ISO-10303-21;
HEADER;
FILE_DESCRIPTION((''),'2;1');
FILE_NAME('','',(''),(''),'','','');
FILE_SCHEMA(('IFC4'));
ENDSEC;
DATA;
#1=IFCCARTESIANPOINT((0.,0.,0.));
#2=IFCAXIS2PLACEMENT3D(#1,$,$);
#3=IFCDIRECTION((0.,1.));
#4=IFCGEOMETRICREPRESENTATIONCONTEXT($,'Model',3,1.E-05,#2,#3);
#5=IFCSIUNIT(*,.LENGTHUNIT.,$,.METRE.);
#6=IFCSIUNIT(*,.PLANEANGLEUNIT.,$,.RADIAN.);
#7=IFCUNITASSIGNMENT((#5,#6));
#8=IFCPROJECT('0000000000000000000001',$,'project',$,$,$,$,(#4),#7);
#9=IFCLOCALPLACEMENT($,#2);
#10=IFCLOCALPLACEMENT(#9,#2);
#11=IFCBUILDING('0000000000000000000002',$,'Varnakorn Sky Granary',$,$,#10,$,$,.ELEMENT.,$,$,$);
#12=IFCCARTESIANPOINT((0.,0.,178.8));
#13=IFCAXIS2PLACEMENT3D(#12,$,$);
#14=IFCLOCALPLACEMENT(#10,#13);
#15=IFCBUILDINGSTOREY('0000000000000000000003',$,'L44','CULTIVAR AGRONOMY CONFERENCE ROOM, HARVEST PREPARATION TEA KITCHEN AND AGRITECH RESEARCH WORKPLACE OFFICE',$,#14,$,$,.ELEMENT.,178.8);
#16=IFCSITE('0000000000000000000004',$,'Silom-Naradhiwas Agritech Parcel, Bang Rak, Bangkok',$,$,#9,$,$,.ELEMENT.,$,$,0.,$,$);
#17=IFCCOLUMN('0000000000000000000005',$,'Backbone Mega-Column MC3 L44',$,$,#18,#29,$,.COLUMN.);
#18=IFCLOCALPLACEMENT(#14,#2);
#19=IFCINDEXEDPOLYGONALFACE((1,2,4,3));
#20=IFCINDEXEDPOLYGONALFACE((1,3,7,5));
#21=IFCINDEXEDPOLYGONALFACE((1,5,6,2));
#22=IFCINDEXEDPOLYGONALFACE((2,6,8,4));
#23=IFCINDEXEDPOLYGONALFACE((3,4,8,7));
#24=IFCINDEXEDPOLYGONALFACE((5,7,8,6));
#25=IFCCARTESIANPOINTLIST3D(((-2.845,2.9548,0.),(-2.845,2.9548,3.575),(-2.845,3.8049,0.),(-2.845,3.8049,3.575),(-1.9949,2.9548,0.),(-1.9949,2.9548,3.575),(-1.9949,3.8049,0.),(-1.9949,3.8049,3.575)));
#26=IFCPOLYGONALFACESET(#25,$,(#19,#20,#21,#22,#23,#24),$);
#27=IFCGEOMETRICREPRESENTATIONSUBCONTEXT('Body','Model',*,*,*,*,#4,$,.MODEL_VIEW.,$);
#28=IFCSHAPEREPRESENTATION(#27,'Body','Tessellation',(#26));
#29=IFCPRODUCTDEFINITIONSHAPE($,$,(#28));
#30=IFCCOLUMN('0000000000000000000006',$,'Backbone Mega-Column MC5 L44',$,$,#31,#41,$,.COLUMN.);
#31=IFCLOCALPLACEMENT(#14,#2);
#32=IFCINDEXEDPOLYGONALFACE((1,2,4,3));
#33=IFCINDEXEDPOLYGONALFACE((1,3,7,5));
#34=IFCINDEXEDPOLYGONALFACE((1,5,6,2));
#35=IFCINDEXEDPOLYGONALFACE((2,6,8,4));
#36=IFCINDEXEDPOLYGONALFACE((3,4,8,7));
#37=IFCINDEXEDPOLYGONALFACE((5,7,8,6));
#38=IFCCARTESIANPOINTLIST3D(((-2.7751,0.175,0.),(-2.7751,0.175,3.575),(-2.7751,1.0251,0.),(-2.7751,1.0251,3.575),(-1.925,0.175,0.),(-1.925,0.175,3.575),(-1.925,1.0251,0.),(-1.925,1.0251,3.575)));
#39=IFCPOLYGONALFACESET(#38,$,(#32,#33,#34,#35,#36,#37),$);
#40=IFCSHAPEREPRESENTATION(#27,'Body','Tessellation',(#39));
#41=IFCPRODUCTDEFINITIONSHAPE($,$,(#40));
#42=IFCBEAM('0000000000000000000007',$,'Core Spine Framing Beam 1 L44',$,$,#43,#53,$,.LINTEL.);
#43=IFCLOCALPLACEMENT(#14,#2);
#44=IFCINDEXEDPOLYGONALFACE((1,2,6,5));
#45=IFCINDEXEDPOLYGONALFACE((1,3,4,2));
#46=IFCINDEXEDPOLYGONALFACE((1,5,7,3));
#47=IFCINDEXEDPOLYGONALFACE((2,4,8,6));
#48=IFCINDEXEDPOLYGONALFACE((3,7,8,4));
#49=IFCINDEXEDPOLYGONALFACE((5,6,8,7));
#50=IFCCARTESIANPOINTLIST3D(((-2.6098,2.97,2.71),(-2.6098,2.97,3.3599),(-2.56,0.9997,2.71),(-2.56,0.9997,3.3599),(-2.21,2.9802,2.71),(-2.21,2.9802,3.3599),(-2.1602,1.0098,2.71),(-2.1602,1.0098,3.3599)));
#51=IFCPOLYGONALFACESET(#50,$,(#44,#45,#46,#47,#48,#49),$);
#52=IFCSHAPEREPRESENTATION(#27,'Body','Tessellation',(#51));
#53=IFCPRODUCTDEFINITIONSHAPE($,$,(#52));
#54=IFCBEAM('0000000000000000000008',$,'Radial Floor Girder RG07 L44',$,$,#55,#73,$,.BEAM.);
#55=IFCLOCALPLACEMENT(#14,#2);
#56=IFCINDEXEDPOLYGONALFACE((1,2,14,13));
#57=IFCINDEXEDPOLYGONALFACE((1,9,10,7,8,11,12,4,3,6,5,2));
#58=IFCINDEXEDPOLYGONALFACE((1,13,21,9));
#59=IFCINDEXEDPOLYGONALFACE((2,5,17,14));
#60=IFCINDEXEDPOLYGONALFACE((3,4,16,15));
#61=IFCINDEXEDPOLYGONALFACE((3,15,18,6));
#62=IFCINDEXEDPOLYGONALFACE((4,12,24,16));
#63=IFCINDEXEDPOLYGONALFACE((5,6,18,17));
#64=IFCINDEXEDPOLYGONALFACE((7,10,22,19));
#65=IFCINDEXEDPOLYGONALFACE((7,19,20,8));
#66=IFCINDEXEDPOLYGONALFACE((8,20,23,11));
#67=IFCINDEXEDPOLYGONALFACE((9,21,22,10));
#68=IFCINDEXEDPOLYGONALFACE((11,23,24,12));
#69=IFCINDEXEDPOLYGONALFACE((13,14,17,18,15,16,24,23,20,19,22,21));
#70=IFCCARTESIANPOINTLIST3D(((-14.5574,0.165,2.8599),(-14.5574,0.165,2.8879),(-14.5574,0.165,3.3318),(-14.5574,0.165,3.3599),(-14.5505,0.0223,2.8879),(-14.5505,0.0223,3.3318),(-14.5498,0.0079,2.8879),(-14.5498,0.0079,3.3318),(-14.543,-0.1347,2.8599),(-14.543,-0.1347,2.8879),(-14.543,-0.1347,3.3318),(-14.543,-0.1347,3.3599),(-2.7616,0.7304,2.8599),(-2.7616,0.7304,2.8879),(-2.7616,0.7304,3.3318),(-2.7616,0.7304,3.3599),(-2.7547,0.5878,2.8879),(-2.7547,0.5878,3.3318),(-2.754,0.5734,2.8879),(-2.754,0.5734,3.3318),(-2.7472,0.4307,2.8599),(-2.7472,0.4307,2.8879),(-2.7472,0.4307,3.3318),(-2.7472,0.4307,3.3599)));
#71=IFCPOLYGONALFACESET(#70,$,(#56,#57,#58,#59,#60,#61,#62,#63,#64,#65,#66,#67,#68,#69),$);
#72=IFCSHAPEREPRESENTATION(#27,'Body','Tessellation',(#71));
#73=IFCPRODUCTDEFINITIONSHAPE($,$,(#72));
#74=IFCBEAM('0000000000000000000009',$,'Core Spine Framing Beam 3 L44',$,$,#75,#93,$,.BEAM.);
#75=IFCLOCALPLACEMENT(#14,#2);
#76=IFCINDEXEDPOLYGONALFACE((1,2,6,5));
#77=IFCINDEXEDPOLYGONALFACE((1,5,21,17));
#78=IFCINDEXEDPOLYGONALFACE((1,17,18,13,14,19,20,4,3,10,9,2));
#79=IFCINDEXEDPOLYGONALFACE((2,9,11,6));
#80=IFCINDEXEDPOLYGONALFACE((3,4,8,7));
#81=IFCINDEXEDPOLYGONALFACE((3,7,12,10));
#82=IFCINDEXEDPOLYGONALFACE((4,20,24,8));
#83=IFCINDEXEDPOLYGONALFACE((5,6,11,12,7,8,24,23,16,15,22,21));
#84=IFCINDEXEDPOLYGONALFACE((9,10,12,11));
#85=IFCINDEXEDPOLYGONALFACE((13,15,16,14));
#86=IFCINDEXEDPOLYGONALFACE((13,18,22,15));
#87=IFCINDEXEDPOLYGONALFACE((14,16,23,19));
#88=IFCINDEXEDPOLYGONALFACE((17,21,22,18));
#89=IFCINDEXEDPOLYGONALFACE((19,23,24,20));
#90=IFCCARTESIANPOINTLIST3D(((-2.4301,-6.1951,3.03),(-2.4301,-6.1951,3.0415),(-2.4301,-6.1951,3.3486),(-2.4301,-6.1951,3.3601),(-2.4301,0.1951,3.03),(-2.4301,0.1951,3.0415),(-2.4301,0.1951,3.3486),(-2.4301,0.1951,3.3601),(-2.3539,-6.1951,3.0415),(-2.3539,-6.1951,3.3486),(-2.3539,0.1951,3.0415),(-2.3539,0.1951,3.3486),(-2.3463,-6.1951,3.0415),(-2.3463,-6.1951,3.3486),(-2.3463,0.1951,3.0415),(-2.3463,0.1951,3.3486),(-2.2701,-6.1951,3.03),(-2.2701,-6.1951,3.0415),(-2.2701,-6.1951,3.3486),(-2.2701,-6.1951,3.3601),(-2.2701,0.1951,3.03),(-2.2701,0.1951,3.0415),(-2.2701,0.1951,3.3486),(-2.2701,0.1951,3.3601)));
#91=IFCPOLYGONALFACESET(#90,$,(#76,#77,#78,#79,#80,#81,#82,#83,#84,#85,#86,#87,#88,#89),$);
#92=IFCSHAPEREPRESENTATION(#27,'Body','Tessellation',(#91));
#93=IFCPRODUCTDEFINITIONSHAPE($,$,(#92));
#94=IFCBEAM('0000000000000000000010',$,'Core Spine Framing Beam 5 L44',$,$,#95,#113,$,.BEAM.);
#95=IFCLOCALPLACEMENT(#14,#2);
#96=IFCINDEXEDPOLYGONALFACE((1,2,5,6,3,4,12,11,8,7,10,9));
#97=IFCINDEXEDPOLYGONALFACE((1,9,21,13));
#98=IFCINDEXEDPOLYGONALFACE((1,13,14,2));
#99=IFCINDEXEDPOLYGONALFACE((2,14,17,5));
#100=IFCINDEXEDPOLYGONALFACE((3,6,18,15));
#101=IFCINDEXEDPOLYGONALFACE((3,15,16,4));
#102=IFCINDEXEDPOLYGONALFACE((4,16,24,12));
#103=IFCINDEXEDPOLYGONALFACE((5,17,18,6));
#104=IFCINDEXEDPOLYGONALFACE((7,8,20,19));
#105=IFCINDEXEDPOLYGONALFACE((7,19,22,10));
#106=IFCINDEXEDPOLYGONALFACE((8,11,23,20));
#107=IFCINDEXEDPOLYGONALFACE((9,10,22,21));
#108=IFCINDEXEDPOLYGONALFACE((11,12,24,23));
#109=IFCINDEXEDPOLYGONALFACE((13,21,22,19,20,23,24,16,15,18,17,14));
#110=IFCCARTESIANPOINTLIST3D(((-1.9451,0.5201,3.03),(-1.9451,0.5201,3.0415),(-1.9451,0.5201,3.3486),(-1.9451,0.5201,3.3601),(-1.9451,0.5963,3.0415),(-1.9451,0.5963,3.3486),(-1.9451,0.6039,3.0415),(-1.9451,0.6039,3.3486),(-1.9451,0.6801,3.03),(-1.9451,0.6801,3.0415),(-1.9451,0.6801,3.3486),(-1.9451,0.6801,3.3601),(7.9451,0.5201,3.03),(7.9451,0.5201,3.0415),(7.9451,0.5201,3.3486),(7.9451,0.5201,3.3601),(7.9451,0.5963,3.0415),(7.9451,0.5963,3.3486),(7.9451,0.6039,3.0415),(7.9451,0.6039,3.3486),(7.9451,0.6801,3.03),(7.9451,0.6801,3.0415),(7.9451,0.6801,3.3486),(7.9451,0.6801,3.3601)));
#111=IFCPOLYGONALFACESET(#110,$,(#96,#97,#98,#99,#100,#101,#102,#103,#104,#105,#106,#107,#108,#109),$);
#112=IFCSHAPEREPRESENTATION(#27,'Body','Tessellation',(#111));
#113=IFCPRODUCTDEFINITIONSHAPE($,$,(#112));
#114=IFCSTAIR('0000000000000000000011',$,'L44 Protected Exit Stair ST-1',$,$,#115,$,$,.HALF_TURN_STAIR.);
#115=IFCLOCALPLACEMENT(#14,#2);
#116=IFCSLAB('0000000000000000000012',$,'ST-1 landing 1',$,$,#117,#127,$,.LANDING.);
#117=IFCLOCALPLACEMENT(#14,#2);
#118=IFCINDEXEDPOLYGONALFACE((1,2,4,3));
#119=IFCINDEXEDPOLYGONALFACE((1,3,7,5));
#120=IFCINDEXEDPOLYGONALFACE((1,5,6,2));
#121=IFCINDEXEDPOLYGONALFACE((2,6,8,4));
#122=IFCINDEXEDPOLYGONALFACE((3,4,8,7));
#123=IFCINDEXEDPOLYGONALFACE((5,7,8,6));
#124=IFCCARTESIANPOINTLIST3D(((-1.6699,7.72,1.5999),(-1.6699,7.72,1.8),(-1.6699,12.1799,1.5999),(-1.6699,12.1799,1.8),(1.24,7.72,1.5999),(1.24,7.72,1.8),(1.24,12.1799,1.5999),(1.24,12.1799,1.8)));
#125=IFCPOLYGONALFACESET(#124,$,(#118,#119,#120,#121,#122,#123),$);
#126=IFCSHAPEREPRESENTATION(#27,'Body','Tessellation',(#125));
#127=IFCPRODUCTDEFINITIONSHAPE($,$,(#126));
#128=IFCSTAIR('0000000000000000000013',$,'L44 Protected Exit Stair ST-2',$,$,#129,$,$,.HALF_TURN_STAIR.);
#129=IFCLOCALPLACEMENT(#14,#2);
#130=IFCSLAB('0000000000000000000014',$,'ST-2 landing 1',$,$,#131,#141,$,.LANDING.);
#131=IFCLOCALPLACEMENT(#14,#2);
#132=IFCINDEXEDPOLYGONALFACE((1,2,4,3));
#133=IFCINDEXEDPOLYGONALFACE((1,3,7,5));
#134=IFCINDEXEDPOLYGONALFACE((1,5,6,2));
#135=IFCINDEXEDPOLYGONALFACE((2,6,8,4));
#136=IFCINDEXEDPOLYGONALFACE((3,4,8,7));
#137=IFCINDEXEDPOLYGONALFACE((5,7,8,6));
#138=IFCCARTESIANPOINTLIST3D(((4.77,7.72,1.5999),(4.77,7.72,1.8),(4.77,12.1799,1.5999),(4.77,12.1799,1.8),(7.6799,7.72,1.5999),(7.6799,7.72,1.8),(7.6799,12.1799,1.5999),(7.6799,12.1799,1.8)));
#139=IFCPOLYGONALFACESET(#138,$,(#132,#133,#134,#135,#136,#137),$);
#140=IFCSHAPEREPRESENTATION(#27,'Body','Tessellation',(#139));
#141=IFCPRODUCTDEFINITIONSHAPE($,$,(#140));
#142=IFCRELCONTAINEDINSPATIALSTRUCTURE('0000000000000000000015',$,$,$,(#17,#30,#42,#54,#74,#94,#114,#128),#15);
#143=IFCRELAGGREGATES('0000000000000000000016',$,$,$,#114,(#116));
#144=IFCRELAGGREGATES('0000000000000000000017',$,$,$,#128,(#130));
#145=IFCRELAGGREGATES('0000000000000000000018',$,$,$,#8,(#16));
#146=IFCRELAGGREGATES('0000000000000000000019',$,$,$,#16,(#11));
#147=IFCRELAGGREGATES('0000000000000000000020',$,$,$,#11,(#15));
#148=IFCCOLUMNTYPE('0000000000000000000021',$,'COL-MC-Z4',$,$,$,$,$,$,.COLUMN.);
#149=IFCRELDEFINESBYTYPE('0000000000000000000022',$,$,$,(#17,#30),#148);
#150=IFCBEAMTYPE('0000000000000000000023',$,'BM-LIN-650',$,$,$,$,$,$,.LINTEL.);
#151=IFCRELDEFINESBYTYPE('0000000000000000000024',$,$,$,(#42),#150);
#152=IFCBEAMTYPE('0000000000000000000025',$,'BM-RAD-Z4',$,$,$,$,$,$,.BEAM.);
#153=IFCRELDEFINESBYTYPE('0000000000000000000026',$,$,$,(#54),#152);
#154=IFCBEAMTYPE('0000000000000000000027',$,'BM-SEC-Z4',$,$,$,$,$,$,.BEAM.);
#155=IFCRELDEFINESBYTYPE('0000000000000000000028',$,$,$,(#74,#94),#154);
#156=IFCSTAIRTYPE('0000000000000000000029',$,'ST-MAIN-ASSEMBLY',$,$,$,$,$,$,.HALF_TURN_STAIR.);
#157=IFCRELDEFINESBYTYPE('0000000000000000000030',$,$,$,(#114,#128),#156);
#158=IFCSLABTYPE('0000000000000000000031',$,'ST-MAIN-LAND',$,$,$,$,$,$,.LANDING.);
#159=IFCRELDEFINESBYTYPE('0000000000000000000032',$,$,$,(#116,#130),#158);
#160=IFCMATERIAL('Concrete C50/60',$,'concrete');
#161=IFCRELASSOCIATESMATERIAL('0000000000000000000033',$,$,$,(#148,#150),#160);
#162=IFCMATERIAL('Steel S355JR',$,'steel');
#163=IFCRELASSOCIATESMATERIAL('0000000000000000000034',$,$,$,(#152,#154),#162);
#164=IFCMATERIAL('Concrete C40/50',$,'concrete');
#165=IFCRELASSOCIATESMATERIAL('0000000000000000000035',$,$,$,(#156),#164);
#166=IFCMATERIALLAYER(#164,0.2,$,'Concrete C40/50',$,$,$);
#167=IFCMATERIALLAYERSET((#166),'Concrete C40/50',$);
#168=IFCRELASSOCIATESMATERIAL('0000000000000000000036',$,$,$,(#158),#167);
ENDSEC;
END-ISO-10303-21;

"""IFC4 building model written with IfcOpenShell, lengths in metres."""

from ifc_helpers import new_model, si_unit, direction, frame, origin, origin_2d, place, context, subcontext, project, spatial, polyline, rectangle, i_section, outline, extrude, material, layer, layer_set, material_profile, profile_set, type_object, element, aggregate, save


model = new_model("IFC4")

# Units and contexts
model_context = context("Model", 3, precision=1e-05, world=origin(), true_north=direction((0.0, 1.0)))
body_context = subcontext(model_context, "Body", "Model", "MODEL_VIEW")
ifc_project = project(units=[si_unit("LENGTHUNIT", "METRE"), si_unit("PLANEANGLEUNIT", "RADIAN")], contexts=[model_context])

# Site, building, storey
site_placement = place(None, origin())
site = spatial("IfcSite", under=ifc_project, at=site_placement, Name="Silom-Naradhiwas Agritech Parcel, Bang Rak, Bangkok", CompositionType="ELEMENT", RefElevation=0.0)
building_placement = place(site_placement, origin())
building = spatial("IfcBuilding", under=site, at=building_placement, Name="Varnakorn Sky Granary", CompositionType="ELEMENT")
storey_placement = place(building_placement, frame((0.0, 0.0, 178.8)))
storey = spatial("IfcBuildingStorey", under=building, at=storey_placement, Name="L44", Description="CULTIVAR AGRONOMY CONFERENCE ROOM, HARVEST PREPARATION TEA KITCHEN AND AGRITECH RESEARCH WORKPLACE OFFICE", CompositionType="ELEMENT", Elevation=178.8)

# Columns
ifc_material_1 = material(Name="Concrete C50/60", Category="concrete")
ifc_material_profile_1 = material_profile(ifc_material_1, rectangle(XDim=0.8501, YDim=0.8501, at=origin_2d()), Name="RC 850x850")
ifc_profile_set_1 = profile_set([ifc_material_profile_1], Name="Concrete C50/60")
column_type = type_object("IfcColumnType", Name="COL-MC-Z4", PredefinedType="COLUMN", material=ifc_profile_set_1)
for number, where, z_axis, x_axis, name in (
    (1, (-2.4199, 3.3799, 0.0), (0.0, 0.0, 1.0), (1.0, 0.0, 0.0), "Backbone Mega-Column MC3 L44"),
    (2, (-2.3501, 0.6001, 0.0), (0.0, 0.0, 1.0), (1.0, 0.0, 0.0), "Backbone Mega-Column MC5 L44"),
):
    element("IfcColumn", number, at=place(storey_placement, frame(where, z_axis=z_axis, x_axis=x_axis)), inside=storey, type_object=column_type, Name=name, PredefinedType="COLUMN", context=body_context, shape_type="SweptSolid", body=[
        extrude(rectangle(XDim=0.8501, YDim=0.8501, at=origin_2d()), origin(), (0.0, 0.0, 1.0), 3.575),
    ])

# Beams
ifc_material_profile_2 = material_profile(ifc_material_1, rectangle(XDim=0.3999, YDim=0.6499, at=origin_2d()), Name="RC 400x650")
ifc_profile_set_2 = profile_set([ifc_material_profile_2], Name="Concrete C50/60")
beam_type_1 = type_object("IfcBeamType", Name="BM-LIN-650", PredefinedType="LINTEL", material=ifc_profile_set_2)
beam_1_placement = place(storey_placement, frame((-2.4099, 2.9751, 3.0349), z_axis=(0.025271, -0.999681, 0.0), x_axis=(0.999681, 0.025271, 0.0)))
element("IfcBeam", 3, at=beam_1_placement, inside=storey, type_object=beam_type_1, Name="Core Spine Framing Beam 1 L44", PredefinedType="LINTEL", context=body_context, shape_type="SweptSolid", body=[
    extrude(rectangle(XDim=0.3999, YDim=0.6499, at=origin_2d()), origin(), (0.0, 0.0, 1.0), 1.9709),
])
ifc_material_2 = material(Name="Steel S355JR", Category="steel")
ifc_material_profile_3 = material_profile(ifc_material_2, i_section(OverallWidth=0.3, OverallDepth=0.5, WebThickness=0.0144, FlangeThickness=0.0281, at=origin_2d()), Name="HE 500 B")
ifc_profile_set_3 = profile_set([ifc_material_profile_3], Name="Steel S355JR")
beam_type_2 = type_object("IfcBeamType", Name="BM-RAD-Z4", PredefinedType="BEAM", material=ifc_profile_set_3)
beam_2_placement = place(storey_placement, frame((-2.7544, 0.5806, 3.1099), z_axis=(-0.998853, -0.047879, 0.0), x_axis=(0.047879, -0.998853, 0.0)))
element("IfcBeam", 4, at=beam_2_placement, inside=storey, type_object=beam_type_2, Name="Radial Floor Girder RG07 L44", PredefinedType="BEAM", context=body_context, shape_type="SweptSolid", body=[
    extrude(i_section(OverallWidth=0.3, OverallDepth=0.5, WebThickness=0.0144, FlangeThickness=0.0281, at=origin_2d()), origin(), (0.0, 0.0, 1.0), 11.8093),
])
ifc_material_profile_4 = material_profile(ifc_material_2, i_section(OverallWidth=0.1599, OverallDepth=0.3301, WebThickness=0.0076, FlangeThickness=0.0115, at=origin_2d()), Name="IPE 330")
ifc_profile_set_4 = profile_set([ifc_material_profile_4], Name="Steel S355JR")
beam_type_3 = type_object("IfcBeamType", Name="BM-SEC-Z4", PredefinedType="BEAM", material=ifc_profile_set_4)
beam_3_placement = place(storey_placement, frame((-2.3501, 0.1951, 3.1951), z_axis=(0.0, -1.0, 0.0), x_axis=(1.0, 0.0, 0.0)))
element("IfcBeam", 5, at=beam_3_placement, inside=storey, type_object=beam_type_3, Name="Core Spine Framing Beam 3 L44", PredefinedType="BEAM", context=body_context, shape_type="SweptSolid", body=[
    extrude(i_section(OverallWidth=0.1599, OverallDepth=0.3301, WebThickness=0.0076, FlangeThickness=0.0115, at=origin_2d()), origin(), (0.0, 0.0, 1.0), 6.3901),
])
beam_4_placement = place(storey_placement, frame((-1.9451, 0.6001, 3.1951), z_axis=(1.0, 0.0, 0.0), x_axis=(0.0, 1.0, 0.0)))
element("IfcBeam", 6, at=beam_4_placement, inside=storey, type_object=beam_type_3, Name="Core Spine Framing Beam 5 L44", PredefinedType="BEAM", context=body_context, shape_type="SweptSolid", body=[
    extrude(i_section(OverallWidth=0.1599, OverallDepth=0.3301, WebThickness=0.0076, FlangeThickness=0.0115, at=origin_2d()), origin(), (0.0, 0.0, 1.0), 9.8901),
])

# Stairs, slabs
ifc_material_3 = material(Name="Concrete C40/50", Category="concrete")
stair_type = type_object("IfcStairType", Name="ST-MAIN-ASSEMBLY", PredefinedType="HALF_TURN_STAIR", material=ifc_material_3)
stair_1_placement = place(storey_placement, origin())
stair_1 = element("IfcStair", 7, at=stair_1_placement, inside=storey, type_object=stair_type, Name="L44 Protected Exit Stair ST-1", PredefinedType="HALF_TURN_STAIR")
ifc_layer_1 = layer(ifc_material_3, 0.2, Name="Concrete C40/50")
ifc_layer_set_1 = layer_set([ifc_layer_1], Name="Concrete C40/50")
slab_type_1 = type_object("IfcSlabType", Name="ST-MAIN-LAND", PredefinedType="LANDING", material=ifc_layer_set_1)
slab_1_placement = place(storey_placement, frame((0.0, 0.0, 1.5999)))
slab_1 = element("IfcSlab", 8, at=slab_1_placement, type_object=slab_type_1, Name="ST-1 landing 1", PredefinedType="LANDING", context=body_context, shape_type="SweptSolid", body=[
    extrude(outline(polyline([(1.24, 7.72), (1.24, 12.1799), (-1.6699, 12.1799), (-1.6699, 7.72), (1.24, 7.72)])), origin(), (0.0, 0.0, 1.0), 0.2002),
])
aggregate(stair_1, [slab_1])
stair_2_placement = place(storey_placement, origin())
stair_2 = element("IfcStair", 9, at=stair_2_placement, inside=storey, type_object=stair_type, Name="L44 Protected Exit Stair ST-2", PredefinedType="HALF_TURN_STAIR")
slab_2_placement = place(storey_placement, frame((0.0, 0.0, 1.5999)))
slab_2 = element("IfcSlab", 10, at=slab_2_placement, type_object=slab_type_1, Name="ST-2 landing 1", PredefinedType="LANDING", context=body_context, shape_type="SweptSolid", body=[
    extrude(outline(polyline([(7.6799, 7.72), (7.6799, 12.1799), (4.77, 12.1799), (4.77, 7.72), (7.6799, 7.72)])), origin(), (0.0, 0.0, 1.0), 0.2002),
])
aggregate(stair_2, [slab_2])

save(model, "model.ifc")
